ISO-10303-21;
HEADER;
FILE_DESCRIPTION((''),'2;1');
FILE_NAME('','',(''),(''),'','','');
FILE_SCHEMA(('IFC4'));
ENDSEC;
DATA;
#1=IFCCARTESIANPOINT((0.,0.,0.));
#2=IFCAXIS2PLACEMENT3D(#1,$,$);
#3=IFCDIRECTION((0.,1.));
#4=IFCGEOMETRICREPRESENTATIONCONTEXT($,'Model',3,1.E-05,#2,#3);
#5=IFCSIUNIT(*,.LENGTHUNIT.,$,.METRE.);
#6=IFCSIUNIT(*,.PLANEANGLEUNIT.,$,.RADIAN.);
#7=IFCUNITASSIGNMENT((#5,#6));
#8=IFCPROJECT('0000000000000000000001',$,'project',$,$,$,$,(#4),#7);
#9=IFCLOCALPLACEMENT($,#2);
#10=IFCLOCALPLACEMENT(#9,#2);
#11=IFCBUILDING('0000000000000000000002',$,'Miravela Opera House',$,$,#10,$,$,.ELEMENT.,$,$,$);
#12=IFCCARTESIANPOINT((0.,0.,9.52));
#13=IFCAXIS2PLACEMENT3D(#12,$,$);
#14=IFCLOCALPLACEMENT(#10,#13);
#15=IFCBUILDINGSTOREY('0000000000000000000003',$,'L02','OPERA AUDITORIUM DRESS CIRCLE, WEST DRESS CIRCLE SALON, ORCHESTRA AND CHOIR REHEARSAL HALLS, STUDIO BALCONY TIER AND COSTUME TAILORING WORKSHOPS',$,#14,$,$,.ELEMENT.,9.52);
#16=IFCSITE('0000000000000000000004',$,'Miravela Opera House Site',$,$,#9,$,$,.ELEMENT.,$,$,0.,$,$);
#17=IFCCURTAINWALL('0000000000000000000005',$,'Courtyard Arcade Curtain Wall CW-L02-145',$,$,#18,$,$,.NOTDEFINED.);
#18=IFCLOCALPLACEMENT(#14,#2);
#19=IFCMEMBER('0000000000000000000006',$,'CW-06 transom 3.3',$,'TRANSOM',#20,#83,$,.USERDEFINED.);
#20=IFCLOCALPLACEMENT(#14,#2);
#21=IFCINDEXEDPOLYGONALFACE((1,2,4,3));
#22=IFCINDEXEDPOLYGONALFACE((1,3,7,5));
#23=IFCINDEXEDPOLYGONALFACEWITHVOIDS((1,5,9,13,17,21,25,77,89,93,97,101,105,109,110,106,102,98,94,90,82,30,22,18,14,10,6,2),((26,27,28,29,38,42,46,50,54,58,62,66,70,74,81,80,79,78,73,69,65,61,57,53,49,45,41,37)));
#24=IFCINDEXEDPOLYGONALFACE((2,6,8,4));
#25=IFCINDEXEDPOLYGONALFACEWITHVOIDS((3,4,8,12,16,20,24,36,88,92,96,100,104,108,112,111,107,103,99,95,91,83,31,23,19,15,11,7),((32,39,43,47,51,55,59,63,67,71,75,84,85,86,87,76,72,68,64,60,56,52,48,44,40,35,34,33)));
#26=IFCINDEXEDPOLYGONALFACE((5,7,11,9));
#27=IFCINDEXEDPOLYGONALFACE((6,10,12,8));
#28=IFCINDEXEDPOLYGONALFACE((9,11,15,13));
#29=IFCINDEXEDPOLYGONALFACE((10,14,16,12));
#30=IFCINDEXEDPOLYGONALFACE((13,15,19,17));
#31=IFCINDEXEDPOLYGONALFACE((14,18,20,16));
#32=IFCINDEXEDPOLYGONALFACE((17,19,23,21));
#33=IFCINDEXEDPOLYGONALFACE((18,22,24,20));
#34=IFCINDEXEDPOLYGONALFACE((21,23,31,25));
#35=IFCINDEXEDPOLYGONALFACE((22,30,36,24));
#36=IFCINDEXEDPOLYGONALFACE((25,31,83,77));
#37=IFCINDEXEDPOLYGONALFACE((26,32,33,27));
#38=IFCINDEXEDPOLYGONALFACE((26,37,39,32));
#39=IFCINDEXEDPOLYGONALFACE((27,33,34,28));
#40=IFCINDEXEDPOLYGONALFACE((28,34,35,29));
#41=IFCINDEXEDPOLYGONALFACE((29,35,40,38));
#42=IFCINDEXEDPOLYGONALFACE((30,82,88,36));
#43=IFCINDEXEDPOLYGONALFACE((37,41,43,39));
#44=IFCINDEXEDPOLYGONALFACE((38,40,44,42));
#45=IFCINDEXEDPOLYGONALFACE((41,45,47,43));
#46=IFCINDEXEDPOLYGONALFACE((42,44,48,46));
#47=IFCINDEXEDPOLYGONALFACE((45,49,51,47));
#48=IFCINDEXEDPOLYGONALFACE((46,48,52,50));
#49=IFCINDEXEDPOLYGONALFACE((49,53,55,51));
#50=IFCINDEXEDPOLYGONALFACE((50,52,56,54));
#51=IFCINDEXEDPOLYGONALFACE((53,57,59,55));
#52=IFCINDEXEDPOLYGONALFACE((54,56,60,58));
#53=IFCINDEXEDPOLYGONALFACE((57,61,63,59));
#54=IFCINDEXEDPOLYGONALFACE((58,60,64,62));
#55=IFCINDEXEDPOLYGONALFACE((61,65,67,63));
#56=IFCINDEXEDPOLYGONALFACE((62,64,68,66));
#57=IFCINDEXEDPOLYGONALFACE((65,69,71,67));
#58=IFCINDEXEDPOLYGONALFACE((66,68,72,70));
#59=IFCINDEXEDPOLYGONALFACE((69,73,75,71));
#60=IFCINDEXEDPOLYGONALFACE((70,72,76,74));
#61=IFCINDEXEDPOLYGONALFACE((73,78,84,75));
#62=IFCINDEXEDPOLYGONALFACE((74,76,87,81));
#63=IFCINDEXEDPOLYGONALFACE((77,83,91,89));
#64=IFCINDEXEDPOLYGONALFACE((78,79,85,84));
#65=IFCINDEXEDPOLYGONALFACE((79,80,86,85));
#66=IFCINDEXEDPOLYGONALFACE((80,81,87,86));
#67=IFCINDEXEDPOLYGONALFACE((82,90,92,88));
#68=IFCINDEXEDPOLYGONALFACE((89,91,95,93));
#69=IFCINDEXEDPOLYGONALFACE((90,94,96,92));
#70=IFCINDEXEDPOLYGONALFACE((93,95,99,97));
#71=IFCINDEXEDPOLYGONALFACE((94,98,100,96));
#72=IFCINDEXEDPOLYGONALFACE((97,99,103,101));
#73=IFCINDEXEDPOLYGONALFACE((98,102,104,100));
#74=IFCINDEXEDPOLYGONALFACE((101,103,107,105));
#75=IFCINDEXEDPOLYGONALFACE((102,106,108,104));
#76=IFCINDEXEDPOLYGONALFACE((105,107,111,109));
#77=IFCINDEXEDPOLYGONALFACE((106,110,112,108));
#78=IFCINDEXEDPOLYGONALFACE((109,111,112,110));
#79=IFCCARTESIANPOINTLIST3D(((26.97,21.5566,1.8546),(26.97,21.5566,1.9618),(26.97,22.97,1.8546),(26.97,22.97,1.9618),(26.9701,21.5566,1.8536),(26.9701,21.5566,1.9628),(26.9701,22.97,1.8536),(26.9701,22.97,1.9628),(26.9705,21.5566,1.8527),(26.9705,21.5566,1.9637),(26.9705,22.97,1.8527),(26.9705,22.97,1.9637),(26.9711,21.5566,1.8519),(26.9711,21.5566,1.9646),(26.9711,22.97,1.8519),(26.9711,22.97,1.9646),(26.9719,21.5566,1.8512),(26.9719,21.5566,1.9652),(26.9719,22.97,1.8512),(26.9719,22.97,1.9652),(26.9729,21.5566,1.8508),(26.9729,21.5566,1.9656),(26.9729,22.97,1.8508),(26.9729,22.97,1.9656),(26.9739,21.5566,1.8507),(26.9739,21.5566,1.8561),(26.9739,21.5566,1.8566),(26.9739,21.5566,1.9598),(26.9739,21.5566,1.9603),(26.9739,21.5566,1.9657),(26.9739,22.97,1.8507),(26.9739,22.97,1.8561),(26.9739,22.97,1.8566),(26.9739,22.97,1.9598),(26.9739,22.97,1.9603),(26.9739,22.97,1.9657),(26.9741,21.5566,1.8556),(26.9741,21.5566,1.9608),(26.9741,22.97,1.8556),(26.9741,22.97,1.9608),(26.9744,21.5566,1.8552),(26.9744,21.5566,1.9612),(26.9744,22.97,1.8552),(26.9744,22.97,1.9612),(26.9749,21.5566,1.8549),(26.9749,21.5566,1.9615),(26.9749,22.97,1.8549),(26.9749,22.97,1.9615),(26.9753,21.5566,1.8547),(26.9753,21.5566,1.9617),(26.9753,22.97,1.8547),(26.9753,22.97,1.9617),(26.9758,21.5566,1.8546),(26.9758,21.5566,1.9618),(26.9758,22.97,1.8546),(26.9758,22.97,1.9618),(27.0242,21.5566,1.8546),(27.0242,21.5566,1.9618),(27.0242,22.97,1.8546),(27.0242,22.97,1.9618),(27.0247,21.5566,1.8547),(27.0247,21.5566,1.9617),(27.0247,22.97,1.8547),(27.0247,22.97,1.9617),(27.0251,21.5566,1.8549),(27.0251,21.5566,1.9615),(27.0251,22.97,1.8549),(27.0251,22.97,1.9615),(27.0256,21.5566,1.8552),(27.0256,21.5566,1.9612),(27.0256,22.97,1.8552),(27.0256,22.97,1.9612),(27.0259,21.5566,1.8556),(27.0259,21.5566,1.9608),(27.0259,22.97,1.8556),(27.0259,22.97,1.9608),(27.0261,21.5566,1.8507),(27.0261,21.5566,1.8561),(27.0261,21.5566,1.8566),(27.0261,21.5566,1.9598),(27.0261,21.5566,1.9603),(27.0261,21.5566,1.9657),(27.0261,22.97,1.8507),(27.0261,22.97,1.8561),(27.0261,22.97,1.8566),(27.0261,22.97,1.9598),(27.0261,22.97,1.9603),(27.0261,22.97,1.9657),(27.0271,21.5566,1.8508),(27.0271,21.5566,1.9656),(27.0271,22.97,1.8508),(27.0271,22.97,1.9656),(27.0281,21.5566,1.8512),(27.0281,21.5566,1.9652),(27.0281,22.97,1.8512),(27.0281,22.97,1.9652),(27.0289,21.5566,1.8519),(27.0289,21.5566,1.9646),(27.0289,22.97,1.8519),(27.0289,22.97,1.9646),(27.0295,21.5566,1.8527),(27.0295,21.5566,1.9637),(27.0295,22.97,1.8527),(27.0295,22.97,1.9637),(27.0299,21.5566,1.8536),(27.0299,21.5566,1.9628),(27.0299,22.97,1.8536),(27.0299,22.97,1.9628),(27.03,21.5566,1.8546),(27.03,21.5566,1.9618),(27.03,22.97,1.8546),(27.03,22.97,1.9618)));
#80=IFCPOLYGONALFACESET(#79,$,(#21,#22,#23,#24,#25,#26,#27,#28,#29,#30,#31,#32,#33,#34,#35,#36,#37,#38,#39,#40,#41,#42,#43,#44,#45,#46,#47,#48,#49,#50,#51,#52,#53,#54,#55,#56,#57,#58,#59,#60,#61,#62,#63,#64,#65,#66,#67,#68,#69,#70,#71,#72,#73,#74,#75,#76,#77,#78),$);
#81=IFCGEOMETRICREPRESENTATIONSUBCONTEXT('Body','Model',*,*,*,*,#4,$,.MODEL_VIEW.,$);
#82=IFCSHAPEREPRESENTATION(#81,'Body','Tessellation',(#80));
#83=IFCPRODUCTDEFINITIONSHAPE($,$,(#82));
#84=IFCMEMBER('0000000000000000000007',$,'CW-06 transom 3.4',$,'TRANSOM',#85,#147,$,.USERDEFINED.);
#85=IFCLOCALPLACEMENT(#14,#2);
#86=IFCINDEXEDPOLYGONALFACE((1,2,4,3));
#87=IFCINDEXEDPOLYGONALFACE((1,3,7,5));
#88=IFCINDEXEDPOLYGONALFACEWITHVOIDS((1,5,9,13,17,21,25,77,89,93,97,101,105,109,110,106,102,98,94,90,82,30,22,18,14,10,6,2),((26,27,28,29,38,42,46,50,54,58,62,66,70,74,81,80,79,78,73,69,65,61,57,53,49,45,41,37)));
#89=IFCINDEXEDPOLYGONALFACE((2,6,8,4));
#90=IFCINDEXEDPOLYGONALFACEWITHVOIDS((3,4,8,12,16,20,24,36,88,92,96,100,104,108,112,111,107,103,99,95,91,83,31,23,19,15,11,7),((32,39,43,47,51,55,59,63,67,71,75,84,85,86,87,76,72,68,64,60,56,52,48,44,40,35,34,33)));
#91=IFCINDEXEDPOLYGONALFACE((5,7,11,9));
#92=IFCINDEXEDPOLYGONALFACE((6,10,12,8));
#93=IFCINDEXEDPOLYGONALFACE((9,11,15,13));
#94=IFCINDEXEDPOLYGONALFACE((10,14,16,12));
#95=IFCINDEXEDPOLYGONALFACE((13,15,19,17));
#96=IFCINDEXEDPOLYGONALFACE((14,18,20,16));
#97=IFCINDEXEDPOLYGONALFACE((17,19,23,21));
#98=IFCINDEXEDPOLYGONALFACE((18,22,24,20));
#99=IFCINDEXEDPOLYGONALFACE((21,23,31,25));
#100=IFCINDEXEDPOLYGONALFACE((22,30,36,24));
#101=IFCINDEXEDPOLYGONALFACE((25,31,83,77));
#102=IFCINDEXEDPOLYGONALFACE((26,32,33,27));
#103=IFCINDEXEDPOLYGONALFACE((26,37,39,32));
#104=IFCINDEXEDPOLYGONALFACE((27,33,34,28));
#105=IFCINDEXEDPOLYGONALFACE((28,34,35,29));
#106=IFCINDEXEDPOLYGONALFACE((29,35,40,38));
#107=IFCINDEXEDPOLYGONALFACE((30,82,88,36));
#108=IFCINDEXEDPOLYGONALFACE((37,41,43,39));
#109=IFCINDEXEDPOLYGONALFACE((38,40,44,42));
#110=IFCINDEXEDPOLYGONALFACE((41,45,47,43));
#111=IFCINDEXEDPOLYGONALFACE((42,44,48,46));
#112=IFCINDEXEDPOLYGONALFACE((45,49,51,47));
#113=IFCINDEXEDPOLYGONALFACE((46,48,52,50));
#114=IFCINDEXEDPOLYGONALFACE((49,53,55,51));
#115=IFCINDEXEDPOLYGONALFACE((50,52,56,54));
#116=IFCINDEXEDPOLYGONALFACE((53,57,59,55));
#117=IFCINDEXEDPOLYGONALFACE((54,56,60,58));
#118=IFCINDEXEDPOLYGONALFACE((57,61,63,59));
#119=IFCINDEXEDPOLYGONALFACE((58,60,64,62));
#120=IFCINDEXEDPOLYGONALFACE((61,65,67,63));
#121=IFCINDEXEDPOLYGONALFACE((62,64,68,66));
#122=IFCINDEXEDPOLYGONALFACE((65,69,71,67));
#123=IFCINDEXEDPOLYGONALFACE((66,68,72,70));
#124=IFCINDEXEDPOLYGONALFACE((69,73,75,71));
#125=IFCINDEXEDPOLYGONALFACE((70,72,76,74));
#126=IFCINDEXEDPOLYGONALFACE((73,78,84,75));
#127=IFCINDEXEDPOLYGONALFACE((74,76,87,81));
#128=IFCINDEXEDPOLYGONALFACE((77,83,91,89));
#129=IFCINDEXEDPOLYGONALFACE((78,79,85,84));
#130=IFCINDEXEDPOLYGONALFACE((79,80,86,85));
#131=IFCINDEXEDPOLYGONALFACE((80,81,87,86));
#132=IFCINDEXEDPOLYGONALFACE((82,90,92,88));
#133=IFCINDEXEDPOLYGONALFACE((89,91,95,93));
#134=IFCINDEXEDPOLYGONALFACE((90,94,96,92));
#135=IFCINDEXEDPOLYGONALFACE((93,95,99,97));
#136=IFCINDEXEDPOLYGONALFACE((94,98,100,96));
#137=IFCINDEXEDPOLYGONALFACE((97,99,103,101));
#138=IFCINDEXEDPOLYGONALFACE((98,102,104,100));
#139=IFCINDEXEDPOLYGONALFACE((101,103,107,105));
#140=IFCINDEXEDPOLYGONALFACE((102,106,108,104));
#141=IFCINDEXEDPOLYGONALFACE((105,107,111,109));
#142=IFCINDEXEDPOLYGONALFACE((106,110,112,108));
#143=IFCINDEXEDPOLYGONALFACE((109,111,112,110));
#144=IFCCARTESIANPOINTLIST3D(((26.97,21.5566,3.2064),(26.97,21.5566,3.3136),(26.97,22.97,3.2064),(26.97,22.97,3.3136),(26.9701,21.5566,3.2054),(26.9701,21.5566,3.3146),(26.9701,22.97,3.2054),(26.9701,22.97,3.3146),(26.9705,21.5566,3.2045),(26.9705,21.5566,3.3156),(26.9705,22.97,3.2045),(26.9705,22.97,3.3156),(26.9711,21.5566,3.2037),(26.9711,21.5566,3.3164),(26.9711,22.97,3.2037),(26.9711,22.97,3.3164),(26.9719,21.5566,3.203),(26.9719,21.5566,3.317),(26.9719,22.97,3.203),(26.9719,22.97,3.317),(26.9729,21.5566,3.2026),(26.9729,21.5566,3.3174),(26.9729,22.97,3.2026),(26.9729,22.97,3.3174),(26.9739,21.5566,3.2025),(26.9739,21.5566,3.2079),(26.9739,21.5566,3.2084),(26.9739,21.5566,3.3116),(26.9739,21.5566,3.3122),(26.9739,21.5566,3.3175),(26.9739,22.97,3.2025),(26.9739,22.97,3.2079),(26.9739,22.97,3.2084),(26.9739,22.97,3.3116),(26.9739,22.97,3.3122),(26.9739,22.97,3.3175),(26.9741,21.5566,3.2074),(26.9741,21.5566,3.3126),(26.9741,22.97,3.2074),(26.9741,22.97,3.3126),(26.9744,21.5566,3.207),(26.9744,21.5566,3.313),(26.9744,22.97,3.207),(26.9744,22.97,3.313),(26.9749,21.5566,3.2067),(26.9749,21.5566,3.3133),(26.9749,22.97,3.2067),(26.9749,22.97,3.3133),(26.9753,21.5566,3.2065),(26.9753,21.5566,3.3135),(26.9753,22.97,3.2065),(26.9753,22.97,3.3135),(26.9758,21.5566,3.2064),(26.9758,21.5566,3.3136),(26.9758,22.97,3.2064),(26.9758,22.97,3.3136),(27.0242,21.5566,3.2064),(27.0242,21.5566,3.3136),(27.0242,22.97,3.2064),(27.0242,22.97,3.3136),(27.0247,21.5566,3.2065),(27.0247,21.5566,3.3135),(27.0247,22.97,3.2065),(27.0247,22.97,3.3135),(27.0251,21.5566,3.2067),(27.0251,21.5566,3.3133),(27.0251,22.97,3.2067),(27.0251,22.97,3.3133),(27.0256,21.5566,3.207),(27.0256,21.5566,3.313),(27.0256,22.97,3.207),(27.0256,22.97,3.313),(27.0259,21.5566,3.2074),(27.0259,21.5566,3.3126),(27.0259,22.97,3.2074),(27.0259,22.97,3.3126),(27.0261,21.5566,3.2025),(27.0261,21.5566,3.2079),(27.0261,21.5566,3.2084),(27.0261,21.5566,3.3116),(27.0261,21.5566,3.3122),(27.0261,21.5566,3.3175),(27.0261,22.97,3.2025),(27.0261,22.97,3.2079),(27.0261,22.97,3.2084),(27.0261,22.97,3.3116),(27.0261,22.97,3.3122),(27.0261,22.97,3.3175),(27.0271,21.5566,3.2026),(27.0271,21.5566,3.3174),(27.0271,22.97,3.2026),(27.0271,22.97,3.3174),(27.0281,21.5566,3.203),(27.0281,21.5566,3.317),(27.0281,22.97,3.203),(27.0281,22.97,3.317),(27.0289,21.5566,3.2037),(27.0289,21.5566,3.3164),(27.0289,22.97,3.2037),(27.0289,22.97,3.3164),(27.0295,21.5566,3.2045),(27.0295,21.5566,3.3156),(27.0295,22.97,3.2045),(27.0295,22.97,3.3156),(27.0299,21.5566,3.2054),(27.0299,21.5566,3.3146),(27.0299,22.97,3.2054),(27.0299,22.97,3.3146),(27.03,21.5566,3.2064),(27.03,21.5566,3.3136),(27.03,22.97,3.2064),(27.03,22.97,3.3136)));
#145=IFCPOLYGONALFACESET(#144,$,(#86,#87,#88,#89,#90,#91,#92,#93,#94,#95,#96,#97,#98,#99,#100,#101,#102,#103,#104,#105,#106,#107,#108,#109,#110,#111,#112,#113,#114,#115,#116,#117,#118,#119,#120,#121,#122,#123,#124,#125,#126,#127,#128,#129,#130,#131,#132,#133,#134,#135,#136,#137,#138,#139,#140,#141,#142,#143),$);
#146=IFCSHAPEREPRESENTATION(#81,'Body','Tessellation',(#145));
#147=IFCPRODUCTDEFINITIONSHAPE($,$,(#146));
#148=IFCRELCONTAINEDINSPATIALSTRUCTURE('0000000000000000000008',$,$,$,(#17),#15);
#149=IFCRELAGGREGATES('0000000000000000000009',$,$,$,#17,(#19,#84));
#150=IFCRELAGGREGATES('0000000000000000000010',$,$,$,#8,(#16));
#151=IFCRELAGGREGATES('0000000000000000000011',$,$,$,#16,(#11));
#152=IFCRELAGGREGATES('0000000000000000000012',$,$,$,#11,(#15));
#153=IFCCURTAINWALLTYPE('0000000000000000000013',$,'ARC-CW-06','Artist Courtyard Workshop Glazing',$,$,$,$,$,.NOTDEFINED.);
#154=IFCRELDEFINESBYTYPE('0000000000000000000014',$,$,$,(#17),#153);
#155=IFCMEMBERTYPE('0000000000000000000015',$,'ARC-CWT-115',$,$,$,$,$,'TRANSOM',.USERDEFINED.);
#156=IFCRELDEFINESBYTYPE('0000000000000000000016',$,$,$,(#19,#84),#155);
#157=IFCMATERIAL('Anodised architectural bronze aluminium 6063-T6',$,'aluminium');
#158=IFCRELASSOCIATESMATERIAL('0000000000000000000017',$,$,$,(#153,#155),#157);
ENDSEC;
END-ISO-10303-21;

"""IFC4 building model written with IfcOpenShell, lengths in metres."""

from ifc_helpers import new_model, si_unit, direction, frame, origin, origin_2d, place, context, subcontext, project, spatial, hollow_rectangle, extrude, material, material_profile, profile_set, type_object, element, aggregate, save


model = new_model("IFC4")

# Units and contexts
model_context = context("Model", 3, precision=1e-05, world=origin(), true_north=direction((0.0, 1.0)))
body_context = subcontext(model_context, "Body", "Model", "MODEL_VIEW")
ifc_project = project(units=[si_unit("LENGTHUNIT", "METRE"), si_unit("PLANEANGLEUNIT", "RADIAN")], contexts=[model_context])

# Site, building, storey
site_placement = place(None, origin())
site = spatial("IfcSite", under=ifc_project, at=site_placement, Name="Miravela Opera House Site", CompositionType="ELEMENT", RefElevation=0.0)
building_placement = place(site_placement, origin())
building = spatial("IfcBuilding", under=site, at=building_placement, Name="Miravela Opera House", CompositionType="ELEMENT")
storey_placement = place(building_placement, frame((0.0, 0.0, 9.52)))
storey = spatial("IfcBuildingStorey", under=building, at=storey_placement, Name="L02", Description="OPERA AUDITORIUM DRESS CIRCLE, WEST DRESS CIRCLE SALON, ORCHESTRA AND CHOIR REHEARSAL HALLS, STUDIO BALCONY TIER AND COSTUME TAILORING WORKSHOPS", CompositionType="ELEMENT", Elevation=9.52)

# Curtain wall, members
ifc_material_1 = material(Name="Anodised architectural bronze aluminium 6063-T6", Category="aluminium")
curtain_wall_type = type_object("IfcCurtainWallType", Name="ARC-CW-06", Description="Artist Courtyard Workshop Glazing", PredefinedType="NOTDEFINED", material=ifc_material_1)
curtain_wall_placement = place(storey_placement, origin())
curtain_wall = element("IfcCurtainWall", 1, at=curtain_wall_placement, inside=storey, type_object=curtain_wall_type, Name="Courtyard Arcade Curtain Wall CW-L02-145", PredefinedType="NOTDEFINED")
ifc_material_profile_1 = material_profile(ifc_material_1, hollow_rectangle(XDim=0.0601, YDim=0.115, WallThickness=0.0039, InnerFilletRadius=0.002, OuterFilletRadius=0.0039, at=origin_2d()), Name="CWT-60X115")
ifc_profile_set_1 = profile_set([ifc_material_profile_1])
member_type_1 = type_object("IfcMemberType", Name="ARC-CWT-115", ElementType="TRANSOM", PredefinedType="USERDEFINED", material=ifc_profile_set_1)
member_1_placement = place(storey_placement, frame((27.0, 21.5566, 1.9082), z_axis=(0.0, 1.0, 0.0), x_axis=(-1.0, 0.0, 0.0)))
member_1 = element("IfcMember", 2, at=member_1_placement, type_object=member_type_1, Name="CW-06 transom 3.3", ObjectType="TRANSOM", PredefinedType="USERDEFINED", context=body_context, shape_type="SweptSolid", body=[
    extrude(hollow_rectangle(XDim=0.0601, YDim=0.115, WallThickness=0.0039, InnerFilletRadius=0.002, OuterFilletRadius=0.0039, at=origin_2d()), origin(), (0.0, 0.0, 1.0), 1.4133),
])
member_2_placement = place(storey_placement, frame((27.0, 21.5566, 3.26), z_axis=(0.0, 1.0, 0.0), x_axis=(-1.0, 0.0, 0.0)))
member_2 = element("IfcMember", 3, at=member_2_placement, type_object=member_type_1, Name="CW-06 transom 3.4", ObjectType="TRANSOM", PredefinedType="USERDEFINED", context=body_context, shape_type="SweptSolid", body=[
    extrude(hollow_rectangle(XDim=0.0601, YDim=0.115, WallThickness=0.0039, InnerFilletRadius=0.002, OuterFilletRadius=0.0039, at=origin_2d()), origin(), (0.0, 0.0, 1.0), 1.4133),
])
aggregate(curtain_wall, [member_1, member_2])

save(model, "model.ifc")
